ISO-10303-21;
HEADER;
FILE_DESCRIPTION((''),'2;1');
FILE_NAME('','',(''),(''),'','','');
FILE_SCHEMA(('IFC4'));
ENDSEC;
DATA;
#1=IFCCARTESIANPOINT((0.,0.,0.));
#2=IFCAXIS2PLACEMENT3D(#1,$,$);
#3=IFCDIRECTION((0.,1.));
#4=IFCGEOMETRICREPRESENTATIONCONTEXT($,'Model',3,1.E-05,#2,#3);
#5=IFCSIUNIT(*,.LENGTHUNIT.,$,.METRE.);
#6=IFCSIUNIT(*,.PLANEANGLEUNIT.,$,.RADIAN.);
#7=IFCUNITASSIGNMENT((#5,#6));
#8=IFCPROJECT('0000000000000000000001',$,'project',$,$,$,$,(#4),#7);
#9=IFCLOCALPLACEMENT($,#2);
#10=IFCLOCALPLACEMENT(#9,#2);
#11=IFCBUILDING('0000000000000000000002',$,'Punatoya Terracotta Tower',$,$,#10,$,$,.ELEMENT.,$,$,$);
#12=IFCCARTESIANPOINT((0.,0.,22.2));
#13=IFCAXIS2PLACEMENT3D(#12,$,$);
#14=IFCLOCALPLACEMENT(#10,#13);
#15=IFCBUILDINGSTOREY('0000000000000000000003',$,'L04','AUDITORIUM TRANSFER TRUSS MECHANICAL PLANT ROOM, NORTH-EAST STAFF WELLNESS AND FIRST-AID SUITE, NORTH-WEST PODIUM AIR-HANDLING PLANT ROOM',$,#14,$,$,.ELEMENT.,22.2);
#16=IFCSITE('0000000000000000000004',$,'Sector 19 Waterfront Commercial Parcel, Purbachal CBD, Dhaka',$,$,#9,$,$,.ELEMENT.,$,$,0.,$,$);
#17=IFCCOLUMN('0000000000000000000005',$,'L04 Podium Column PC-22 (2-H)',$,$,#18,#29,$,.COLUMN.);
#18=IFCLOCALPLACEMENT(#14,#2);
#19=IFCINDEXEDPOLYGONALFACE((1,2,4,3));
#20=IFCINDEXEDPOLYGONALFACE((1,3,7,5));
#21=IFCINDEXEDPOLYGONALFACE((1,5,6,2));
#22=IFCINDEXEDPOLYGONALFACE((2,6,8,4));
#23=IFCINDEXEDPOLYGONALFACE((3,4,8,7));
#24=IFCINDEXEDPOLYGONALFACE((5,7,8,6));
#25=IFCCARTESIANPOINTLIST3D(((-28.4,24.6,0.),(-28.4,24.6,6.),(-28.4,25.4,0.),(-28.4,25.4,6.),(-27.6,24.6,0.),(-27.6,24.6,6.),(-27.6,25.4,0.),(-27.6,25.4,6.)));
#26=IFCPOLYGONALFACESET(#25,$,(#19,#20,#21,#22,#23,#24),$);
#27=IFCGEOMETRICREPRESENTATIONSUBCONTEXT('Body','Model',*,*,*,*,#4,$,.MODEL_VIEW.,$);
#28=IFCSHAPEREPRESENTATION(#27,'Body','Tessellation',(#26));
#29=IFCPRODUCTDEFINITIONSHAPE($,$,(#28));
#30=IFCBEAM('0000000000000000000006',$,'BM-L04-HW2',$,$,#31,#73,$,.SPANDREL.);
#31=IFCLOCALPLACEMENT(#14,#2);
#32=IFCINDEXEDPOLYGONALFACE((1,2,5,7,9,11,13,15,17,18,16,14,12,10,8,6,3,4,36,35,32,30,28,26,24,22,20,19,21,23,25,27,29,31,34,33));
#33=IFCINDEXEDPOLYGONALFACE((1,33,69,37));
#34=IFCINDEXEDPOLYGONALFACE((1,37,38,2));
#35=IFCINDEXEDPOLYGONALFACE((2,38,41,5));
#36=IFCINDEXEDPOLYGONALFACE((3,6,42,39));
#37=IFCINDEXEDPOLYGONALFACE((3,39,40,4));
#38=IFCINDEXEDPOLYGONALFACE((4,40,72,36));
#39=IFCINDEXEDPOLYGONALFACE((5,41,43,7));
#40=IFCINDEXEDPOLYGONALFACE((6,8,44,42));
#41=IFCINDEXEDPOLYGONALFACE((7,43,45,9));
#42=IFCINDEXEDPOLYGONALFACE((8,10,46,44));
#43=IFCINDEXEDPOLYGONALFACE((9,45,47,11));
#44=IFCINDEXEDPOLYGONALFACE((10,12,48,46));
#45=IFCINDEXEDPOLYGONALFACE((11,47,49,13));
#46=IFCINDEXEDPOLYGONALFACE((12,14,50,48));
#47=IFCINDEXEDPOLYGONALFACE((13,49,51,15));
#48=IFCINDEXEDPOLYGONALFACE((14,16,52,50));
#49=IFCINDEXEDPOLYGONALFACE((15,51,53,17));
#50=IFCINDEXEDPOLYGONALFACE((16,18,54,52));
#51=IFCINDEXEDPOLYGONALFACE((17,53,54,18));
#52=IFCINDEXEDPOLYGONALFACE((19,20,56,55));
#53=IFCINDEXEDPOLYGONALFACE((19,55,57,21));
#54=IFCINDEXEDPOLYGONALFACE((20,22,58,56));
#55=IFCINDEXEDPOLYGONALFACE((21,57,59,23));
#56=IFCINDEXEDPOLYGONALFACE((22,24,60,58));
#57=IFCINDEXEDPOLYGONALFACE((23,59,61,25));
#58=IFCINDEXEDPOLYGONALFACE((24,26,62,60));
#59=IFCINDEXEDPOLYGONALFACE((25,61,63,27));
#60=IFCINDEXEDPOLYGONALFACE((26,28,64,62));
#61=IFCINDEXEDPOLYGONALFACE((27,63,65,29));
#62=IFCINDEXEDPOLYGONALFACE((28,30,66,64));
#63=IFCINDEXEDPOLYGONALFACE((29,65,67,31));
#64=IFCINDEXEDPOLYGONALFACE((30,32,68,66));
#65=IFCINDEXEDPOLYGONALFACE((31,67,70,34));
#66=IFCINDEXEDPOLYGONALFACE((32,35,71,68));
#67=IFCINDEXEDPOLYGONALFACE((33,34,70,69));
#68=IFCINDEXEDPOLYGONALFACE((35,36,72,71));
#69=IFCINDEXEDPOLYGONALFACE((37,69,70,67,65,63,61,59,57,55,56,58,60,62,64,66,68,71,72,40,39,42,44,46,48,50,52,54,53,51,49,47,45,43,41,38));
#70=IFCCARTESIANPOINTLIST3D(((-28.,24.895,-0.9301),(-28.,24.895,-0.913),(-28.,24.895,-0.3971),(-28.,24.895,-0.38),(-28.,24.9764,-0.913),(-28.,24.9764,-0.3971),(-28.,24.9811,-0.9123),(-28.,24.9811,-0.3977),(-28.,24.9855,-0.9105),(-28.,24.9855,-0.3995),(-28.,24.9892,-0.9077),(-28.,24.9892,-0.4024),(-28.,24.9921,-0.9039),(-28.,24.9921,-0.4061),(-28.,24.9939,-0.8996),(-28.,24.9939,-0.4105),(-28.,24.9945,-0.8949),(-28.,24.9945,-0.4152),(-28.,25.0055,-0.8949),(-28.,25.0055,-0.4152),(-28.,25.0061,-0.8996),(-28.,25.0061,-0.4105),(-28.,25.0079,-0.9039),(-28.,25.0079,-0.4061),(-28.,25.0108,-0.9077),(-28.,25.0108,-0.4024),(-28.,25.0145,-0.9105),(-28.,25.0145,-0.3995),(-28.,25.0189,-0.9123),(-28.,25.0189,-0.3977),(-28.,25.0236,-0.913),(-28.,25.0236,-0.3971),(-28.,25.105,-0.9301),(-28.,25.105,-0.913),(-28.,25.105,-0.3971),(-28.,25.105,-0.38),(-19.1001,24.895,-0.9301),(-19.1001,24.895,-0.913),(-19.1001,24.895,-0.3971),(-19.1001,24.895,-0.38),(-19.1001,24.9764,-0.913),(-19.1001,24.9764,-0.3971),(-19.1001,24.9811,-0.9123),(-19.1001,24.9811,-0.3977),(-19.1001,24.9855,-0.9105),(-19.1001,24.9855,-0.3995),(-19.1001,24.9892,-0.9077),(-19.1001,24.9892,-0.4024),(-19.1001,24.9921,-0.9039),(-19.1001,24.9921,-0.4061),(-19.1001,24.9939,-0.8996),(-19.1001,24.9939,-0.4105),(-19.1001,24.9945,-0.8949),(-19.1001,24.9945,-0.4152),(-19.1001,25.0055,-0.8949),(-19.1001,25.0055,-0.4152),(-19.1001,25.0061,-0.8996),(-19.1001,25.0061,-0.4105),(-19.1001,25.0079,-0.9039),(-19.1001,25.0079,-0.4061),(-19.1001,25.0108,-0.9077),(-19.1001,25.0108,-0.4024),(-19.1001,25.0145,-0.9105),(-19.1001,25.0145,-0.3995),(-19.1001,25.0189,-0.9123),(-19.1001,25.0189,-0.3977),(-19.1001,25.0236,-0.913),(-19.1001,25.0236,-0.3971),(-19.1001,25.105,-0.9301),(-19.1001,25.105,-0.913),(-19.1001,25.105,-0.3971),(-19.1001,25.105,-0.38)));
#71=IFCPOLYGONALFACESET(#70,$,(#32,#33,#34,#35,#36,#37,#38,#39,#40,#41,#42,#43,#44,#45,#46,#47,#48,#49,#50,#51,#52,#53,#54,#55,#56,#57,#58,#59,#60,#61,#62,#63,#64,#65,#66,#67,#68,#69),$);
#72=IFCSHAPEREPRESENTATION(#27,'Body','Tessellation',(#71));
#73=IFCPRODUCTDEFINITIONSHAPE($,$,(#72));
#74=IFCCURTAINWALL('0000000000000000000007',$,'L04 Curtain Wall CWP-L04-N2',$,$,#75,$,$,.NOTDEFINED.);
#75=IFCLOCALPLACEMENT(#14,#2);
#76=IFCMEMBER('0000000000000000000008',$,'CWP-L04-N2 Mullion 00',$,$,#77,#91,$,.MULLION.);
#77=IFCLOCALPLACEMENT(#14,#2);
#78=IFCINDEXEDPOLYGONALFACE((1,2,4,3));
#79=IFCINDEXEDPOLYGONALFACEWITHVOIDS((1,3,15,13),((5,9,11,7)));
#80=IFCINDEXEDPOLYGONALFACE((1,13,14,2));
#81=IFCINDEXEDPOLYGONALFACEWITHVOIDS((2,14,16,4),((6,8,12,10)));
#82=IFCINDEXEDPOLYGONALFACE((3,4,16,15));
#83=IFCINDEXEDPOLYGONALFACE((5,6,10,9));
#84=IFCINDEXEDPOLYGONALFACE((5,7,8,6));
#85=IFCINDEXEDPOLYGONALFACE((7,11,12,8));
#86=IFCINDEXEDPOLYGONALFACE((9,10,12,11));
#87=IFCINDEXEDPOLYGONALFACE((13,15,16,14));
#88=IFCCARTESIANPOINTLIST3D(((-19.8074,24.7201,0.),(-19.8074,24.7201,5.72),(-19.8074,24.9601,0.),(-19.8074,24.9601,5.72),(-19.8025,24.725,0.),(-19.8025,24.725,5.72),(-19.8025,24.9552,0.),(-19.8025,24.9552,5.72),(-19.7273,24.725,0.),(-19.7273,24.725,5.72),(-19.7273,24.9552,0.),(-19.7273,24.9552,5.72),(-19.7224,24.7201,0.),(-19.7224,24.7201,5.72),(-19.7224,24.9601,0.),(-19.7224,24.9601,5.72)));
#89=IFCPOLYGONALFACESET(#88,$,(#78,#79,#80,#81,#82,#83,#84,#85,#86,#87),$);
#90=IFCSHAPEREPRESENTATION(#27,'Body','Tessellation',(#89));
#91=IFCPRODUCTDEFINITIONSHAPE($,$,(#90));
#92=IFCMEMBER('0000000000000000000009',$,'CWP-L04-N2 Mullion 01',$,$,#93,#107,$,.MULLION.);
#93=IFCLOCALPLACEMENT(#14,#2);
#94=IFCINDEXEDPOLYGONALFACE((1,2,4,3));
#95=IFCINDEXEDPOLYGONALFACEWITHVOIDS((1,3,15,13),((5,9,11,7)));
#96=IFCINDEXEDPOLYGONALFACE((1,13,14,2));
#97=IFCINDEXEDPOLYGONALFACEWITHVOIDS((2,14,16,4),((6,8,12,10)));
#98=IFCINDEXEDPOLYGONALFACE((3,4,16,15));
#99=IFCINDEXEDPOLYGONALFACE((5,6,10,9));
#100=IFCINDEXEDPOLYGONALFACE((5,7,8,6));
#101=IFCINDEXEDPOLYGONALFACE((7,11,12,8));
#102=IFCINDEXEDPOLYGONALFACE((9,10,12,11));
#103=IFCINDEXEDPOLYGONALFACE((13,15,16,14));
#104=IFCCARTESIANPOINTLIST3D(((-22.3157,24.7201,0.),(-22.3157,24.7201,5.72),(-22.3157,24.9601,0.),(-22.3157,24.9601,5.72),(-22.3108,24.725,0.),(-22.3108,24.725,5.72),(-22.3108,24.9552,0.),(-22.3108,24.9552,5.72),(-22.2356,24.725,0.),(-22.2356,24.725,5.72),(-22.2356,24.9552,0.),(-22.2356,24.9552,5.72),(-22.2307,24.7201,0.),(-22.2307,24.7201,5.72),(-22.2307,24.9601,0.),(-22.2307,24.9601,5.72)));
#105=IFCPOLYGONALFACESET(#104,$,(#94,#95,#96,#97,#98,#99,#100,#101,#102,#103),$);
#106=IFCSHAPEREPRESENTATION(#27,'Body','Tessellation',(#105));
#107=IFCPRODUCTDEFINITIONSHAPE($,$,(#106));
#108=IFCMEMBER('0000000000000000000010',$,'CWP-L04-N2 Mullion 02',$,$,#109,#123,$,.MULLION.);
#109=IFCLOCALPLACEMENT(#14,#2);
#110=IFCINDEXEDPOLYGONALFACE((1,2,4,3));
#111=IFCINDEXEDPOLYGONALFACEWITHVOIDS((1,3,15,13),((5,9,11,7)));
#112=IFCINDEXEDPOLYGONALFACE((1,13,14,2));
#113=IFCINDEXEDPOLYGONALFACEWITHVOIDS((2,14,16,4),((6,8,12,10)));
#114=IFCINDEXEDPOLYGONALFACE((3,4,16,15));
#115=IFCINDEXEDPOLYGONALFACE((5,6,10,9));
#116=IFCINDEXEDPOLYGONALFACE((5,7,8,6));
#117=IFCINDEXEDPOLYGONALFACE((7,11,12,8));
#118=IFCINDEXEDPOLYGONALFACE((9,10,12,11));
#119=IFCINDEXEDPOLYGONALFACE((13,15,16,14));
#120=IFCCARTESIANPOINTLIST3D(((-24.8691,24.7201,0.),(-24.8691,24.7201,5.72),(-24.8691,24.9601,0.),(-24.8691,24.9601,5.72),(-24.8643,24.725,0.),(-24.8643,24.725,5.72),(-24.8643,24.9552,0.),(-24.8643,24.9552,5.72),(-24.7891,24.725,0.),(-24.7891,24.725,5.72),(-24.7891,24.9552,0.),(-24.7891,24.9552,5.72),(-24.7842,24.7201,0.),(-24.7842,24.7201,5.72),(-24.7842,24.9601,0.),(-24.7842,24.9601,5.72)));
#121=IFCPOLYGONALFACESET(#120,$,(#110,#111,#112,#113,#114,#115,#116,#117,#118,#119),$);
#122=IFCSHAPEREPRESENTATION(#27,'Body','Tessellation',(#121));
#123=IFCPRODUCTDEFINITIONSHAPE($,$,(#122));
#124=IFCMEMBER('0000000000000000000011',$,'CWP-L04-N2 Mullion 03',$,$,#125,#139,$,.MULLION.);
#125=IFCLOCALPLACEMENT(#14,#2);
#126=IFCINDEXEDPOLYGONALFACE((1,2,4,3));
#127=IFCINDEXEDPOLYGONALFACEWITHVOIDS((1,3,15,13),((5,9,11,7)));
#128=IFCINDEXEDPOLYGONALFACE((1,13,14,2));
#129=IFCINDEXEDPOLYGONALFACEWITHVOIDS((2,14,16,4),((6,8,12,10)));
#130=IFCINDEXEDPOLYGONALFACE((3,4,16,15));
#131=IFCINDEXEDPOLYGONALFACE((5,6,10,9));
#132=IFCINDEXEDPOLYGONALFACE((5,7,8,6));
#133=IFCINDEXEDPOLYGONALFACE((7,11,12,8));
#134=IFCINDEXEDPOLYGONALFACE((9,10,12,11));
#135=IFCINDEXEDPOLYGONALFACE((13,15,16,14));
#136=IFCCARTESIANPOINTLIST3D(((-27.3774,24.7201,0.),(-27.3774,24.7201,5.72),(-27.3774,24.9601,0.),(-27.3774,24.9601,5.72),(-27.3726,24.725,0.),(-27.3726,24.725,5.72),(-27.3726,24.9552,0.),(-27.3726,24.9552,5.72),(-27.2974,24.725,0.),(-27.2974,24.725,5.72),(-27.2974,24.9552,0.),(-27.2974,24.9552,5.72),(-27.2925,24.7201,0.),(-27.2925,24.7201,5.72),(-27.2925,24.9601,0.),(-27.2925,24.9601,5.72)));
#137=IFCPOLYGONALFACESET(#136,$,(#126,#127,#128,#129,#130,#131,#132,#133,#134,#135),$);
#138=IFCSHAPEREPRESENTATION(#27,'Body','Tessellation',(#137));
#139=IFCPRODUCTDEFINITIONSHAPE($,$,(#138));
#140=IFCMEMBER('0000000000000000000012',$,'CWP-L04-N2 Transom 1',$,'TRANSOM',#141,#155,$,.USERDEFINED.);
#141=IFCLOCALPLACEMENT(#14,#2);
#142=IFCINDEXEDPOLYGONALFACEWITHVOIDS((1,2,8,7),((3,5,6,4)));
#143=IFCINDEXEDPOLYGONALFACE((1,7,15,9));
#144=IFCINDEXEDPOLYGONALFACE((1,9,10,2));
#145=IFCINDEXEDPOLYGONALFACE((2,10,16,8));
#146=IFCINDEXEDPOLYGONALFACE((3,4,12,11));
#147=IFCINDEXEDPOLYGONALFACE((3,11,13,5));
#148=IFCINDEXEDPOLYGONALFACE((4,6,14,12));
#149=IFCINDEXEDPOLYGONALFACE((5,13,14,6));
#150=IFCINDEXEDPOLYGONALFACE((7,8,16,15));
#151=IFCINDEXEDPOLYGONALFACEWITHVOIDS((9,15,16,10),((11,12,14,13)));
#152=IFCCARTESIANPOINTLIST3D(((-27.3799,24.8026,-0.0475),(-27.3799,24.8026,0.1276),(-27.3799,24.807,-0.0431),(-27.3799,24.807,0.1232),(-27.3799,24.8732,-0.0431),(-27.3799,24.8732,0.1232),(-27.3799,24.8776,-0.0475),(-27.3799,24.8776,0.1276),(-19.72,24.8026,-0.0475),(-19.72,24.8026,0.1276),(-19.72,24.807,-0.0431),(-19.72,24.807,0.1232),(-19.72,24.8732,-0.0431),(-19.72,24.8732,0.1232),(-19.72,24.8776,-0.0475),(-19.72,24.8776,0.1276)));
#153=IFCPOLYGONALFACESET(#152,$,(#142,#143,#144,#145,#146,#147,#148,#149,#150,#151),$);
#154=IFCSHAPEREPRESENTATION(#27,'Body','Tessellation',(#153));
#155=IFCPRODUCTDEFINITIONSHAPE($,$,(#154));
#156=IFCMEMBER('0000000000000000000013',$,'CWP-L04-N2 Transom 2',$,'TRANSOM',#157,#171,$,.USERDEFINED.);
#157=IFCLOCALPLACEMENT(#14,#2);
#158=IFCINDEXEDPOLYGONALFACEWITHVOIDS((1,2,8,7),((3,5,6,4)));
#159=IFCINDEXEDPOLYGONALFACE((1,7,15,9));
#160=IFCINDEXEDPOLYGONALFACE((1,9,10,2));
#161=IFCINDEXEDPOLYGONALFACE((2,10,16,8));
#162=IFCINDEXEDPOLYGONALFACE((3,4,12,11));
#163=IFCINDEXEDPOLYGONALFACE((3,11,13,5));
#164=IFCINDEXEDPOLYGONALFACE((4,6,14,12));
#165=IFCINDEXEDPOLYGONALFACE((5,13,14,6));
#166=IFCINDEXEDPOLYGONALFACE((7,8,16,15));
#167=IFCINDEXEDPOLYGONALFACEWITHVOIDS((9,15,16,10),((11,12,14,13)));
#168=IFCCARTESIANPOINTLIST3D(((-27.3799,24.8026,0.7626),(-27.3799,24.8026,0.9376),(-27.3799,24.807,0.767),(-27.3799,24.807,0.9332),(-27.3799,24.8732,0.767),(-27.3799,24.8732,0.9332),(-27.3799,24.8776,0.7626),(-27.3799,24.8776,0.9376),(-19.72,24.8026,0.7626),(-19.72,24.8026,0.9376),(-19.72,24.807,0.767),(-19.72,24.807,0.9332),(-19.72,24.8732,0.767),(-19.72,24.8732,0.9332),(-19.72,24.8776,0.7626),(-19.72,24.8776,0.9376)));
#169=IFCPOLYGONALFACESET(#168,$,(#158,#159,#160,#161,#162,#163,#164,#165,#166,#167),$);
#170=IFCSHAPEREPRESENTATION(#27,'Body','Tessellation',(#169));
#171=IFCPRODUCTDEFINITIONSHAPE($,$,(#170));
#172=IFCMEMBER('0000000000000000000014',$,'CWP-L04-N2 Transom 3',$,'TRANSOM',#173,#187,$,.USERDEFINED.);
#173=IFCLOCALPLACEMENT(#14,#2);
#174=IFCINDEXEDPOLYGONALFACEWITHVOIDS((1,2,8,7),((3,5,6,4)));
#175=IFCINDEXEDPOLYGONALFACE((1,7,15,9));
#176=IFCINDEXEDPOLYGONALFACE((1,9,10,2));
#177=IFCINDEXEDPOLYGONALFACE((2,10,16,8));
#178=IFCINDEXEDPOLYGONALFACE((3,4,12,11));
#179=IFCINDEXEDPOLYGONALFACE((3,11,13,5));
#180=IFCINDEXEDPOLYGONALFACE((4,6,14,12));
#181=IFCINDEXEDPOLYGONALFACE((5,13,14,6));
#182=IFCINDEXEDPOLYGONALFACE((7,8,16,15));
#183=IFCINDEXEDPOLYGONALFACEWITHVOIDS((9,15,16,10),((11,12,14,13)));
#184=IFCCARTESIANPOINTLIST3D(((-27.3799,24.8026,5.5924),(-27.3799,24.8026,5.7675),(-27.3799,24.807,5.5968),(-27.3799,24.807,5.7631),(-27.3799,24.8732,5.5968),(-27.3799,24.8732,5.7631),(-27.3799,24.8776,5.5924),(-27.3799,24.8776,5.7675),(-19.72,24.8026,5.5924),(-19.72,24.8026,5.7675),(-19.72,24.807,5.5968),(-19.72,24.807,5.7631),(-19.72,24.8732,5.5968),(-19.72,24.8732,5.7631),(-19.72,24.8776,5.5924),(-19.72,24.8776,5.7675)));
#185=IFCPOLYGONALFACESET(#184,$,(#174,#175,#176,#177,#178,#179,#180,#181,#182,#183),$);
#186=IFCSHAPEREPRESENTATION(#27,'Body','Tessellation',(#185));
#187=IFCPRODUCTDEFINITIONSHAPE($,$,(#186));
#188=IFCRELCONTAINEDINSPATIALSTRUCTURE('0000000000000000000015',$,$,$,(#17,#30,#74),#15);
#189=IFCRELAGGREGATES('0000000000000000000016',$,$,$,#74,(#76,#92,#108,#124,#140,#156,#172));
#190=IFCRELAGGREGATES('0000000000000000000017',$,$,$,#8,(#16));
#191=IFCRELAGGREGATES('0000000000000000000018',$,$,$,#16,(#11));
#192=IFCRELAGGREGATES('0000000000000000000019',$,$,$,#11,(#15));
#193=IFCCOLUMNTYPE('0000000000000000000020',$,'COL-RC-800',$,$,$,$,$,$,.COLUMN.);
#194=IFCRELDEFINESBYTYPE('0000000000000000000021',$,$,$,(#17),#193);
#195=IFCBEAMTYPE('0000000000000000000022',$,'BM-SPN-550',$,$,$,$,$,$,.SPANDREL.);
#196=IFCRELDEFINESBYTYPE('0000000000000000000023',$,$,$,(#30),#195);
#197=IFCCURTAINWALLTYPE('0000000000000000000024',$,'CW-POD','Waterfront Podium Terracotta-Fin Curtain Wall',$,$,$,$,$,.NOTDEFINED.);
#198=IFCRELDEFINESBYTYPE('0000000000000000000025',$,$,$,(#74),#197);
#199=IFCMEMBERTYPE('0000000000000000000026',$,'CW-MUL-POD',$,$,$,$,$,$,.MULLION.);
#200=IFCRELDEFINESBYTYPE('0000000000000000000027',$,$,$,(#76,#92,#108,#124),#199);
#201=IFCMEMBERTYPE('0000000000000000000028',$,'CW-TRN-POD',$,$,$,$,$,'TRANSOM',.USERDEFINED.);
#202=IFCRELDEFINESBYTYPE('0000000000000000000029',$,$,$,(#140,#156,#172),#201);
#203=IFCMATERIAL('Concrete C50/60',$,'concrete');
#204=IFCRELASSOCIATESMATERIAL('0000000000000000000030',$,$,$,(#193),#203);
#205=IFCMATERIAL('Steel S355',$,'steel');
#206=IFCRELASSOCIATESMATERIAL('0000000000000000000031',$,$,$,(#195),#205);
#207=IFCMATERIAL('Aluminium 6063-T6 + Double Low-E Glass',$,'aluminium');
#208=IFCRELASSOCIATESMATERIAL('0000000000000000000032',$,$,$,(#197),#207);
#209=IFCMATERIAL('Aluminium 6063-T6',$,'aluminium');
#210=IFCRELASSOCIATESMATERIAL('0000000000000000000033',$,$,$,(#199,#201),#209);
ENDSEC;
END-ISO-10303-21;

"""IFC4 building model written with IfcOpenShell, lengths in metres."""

from ifc_helpers import new_model, si_unit, direction, frame, origin, origin_2d, place, context, subcontext, project, spatial, rectangle, hollow_rectangle, i_section, extrude, material, material_profile, profile_set, type_object, element, aggregate, save


model = new_model("IFC4")

# Units and contexts
model_context = context("Model", 3, precision=1e-05, world=origin(), true_north=direction((0.0, 1.0)))
body_context = subcontext(model_context, "Body", "Model", "MODEL_VIEW")
ifc_project = project(units=[si_unit("LENGTHUNIT", "METRE"), si_unit("PLANEANGLEUNIT", "RADIAN")], contexts=[model_context])

# Site, building, storey
site_placement = place(None, origin())
site = spatial("IfcSite", under=ifc_project, at=site_placement, Name="Sector 19 Waterfront Commercial Parcel, Purbachal CBD, Dhaka", CompositionType="ELEMENT", RefElevation=0.0)
building_placement = place(site_placement, origin())
building = spatial("IfcBuilding", under=site, at=building_placement, Name="Punatoya Terracotta Tower", CompositionType="ELEMENT")
storey_placement = place(building_placement, frame((0.0, 0.0, 22.2)))
storey = spatial("IfcBuildingStorey", under=building, at=storey_placement, Name="L04", Description="AUDITORIUM TRANSFER TRUSS MECHANICAL PLANT ROOM, NORTH-EAST STAFF WELLNESS AND FIRST-AID SUITE, NORTH-WEST PODIUM AIR-HANDLING PLANT ROOM", CompositionType="ELEMENT", Elevation=22.2)

# Column
ifc_material_1 = material(Name="Concrete C50/60", Category="concrete")
ifc_material_profile_1 = material_profile(ifc_material_1, rectangle(XDim=0.8, YDim=0.8, at=origin_2d()))
ifc_profile_set_1 = profile_set([ifc_material_profile_1], Name="Concrete C50/60")
column_type = type_object("IfcColumnType", Name="COL-RC-800", PredefinedType="COLUMN", material=ifc_profile_set_1)
column_placement = place(storey_placement, frame((-28.0, 25.0, 0.0), z_axis=(0.0, 0.0, 1.0), x_axis=(1.0, 0.0, 0.0)))
element("IfcColumn", 1, at=column_placement, inside=storey, type_object=column_type, Name="L04 Podium Column PC-22 (2-H)", PredefinedType="COLUMN", context=body_context, shape_type="SweptSolid", body=[
    extrude(rectangle(XDim=0.8, YDim=0.8, at=origin_2d()), origin(), (0.0, 0.0, 1.0), 6.0),
])

# Beam
ifc_material_2 = material(Name="Steel S355", Category="steel")
ifc_material_profile_2 = material_profile(ifc_material_2, i_section(OverallWidth=0.21, OverallDepth=0.55, WebThickness=0.011, FlangeThickness=0.0171, FilletRadius=0.0181, at=origin_2d()))
ifc_profile_set_2 = profile_set([ifc_material_profile_2], Name="Steel S355")
beam_type = type_object("IfcBeamType", Name="BM-SPN-550", PredefinedType="SPANDREL", material=ifc_profile_set_2)
beam_placement = place(storey_placement, frame((-28.0, 25.0, -0.655), z_axis=(1.0, 0.0, 0.0), x_axis=(0.0, 1.0, 0.0)))
element("IfcBeam", 2, at=beam_placement, inside=storey, type_object=beam_type, Name="BM-L04-HW2", PredefinedType="SPANDREL", context=body_context, shape_type="SweptSolid", body=[
    extrude(i_section(OverallWidth=0.21, OverallDepth=0.55, WebThickness=0.011, FlangeThickness=0.0171, FilletRadius=0.0181, at=origin_2d()), origin(), (0.0, 0.0, 1.0), 8.8999),
])

# Curtain wall, members
ifc_material_3 = material(Name="Aluminium 6063-T6 + Double Low-E Glass", Category="aluminium")
curtain_wall_type = type_object("IfcCurtainWallType", Name="CW-POD", Description="Waterfront Podium Terracotta-Fin Curtain Wall", PredefinedType="NOTDEFINED", material=ifc_material_3)
curtain_wall_placement = place(storey_placement, origin())
curtain_wall = element("IfcCurtainWall", 3, at=curtain_wall_placement, inside=storey, type_object=curtain_wall_type, Name="L04 Curtain Wall CWP-L04-N2", PredefinedType="NOTDEFINED")
ifc_material_4 = material(Name="Aluminium 6063-T6", Category="aluminium")
ifc_material_profile_3 = material_profile(ifc_material_4, hollow_rectangle(XDim=0.085, YDim=0.24, WallThickness=0.0049, at=origin_2d()))
ifc_profile_set_3 = profile_set([ifc_material_profile_3], Name="Aluminium 6063-T6")
member_type_1 = type_object("IfcMemberType", Name="CW-MUL-POD", PredefinedType="MULLION", material=ifc_profile_set_3)
member_1_placement = place(storey_placement, frame((-19.7649, 24.8401, 0.0), z_axis=(0.0, 0.0, 1.0), x_axis=(1.0, 0.0, 0.0)))
member_1 = element("IfcMember", 4, at=member_1_placement, type_object=member_type_1, Name="CWP-L04-N2 Mullion 00", PredefinedType="MULLION", context=body_context, shape_type="SweptSolid", body=[
    extrude(hollow_rectangle(XDim=0.085, YDim=0.24, WallThickness=0.0049, at=origin_2d()), origin(), (0.0, 0.0, 1.0), 5.72),
])
member_2_placement = place(storey_placement, frame((-22.2732, 24.8401, 0.0), z_axis=(0.0, 0.0, 1.0), x_axis=(1.0, 0.0, 0.0)))
member_2 = element("IfcMember", 5, at=member_2_placement, type_object=member_type_1, Name="CWP-L04-N2 Mullion 01", PredefinedType="MULLION", context=body_context, shape_type="SweptSolid", body=[
    extrude(hollow_rectangle(XDim=0.085, YDim=0.24, WallThickness=0.0049, at=origin_2d()), origin(), (0.0, 0.0, 1.0), 5.72),
])
member_3_placement = place(storey_placement, frame((-24.8267, 24.8401, 0.0), z_axis=(0.0, 0.0, 1.0), x_axis=(1.0, 0.0, 0.0)))
member_3 = element("IfcMember", 6, at=member_3_placement, type_object=member_type_1, Name="CWP-L04-N2 Mullion 02", PredefinedType="MULLION", context=body_context, shape_type="SweptSolid", body=[
    extrude(hollow_rectangle(XDim=0.085, YDim=0.24, WallThickness=0.0049, at=origin_2d()), origin(), (0.0, 0.0, 1.0), 5.72),
])
member_4_placement = place(storey_placement, frame((-27.335, 24.8401, 0.0), z_axis=(0.0, 0.0, 1.0), x_axis=(1.0, 0.0, 0.0)))
member_4 = element("IfcMember", 7, at=member_4_placement, type_object=member_type_1, Name="CWP-L04-N2 Mullion 03", PredefinedType="MULLION", context=body_context, shape_type="SweptSolid", body=[
    extrude(hollow_rectangle(XDim=0.085, YDim=0.24, WallThickness=0.0049, at=origin_2d()), origin(), (0.0, 0.0, 1.0), 5.72),
])
ifc_material_profile_4 = material_profile(ifc_material_4, hollow_rectangle(XDim=0.075, YDim=0.175, WallThickness=0.0044, at=origin_2d()))
ifc_profile_set_4 = profile_set([ifc_material_profile_4], Name="Aluminium 6063-T6")
member_type_2 = type_object("IfcMemberType", Name="CW-TRN-POD", ElementType="TRANSOM", PredefinedType="USERDEFINED", material=ifc_profile_set_4)
member_5_placement = place(storey_placement, frame((-19.72, 24.8401, 0.04), z_axis=(-1.0, 0.0, 0.0), x_axis=(0.0, -1.0, 0.0)))
member_5 = element("IfcMember", 8, at=member_5_placement, type_object=member_type_2, Name="CWP-L04-N2 Transom 1", ObjectType="TRANSOM", PredefinedType="USERDEFINED", context=body_context, shape_type="SweptSolid", body=[
    extrude(hollow_rectangle(XDim=0.075, YDim=0.175, WallThickness=0.0044, at=origin_2d()), origin(), (0.0, 0.0, 1.0), 7.6599),
])
member_6_placement = place(storey_placement, frame((-19.72, 24.8401, 0.8501), z_axis=(-1.0, 0.0, 0.0), x_axis=(0.0, -1.0, 0.0)))
member_6 = element("IfcMember", 9, at=member_6_placement, type_object=member_type_2, Name="CWP-L04-N2 Transom 2", ObjectType="TRANSOM", PredefinedType="USERDEFINED", context=body_context, shape_type="SweptSolid", body=[
    extrude(hollow_rectangle(XDim=0.075, YDim=0.175, WallThickness=0.0044, at=origin_2d()), origin(), (0.0, 0.0, 1.0), 7.6599),
])
member_7_placement = place(storey_placement, frame((-19.72, 24.8401, 5.6799), z_axis=(-1.0, 0.0, 0.0), x_axis=(0.0, -1.0, 0.0)))
member_7 = element("IfcMember", 10, at=member_7_placement, type_object=member_type_2, Name="CWP-L04-N2 Transom 3", ObjectType="TRANSOM", PredefinedType="USERDEFINED", context=body_context, shape_type="SweptSolid", body=[
    extrude(hollow_rectangle(XDim=0.075, YDim=0.175, WallThickness=0.0044, at=origin_2d()), origin(), (0.0, 0.0, 1.0), 7.6599),
])
aggregate(curtain_wall, [member_1, member_2, member_3, member_4, member_5, member_6, member_7])

save(model, "model.ifc")
